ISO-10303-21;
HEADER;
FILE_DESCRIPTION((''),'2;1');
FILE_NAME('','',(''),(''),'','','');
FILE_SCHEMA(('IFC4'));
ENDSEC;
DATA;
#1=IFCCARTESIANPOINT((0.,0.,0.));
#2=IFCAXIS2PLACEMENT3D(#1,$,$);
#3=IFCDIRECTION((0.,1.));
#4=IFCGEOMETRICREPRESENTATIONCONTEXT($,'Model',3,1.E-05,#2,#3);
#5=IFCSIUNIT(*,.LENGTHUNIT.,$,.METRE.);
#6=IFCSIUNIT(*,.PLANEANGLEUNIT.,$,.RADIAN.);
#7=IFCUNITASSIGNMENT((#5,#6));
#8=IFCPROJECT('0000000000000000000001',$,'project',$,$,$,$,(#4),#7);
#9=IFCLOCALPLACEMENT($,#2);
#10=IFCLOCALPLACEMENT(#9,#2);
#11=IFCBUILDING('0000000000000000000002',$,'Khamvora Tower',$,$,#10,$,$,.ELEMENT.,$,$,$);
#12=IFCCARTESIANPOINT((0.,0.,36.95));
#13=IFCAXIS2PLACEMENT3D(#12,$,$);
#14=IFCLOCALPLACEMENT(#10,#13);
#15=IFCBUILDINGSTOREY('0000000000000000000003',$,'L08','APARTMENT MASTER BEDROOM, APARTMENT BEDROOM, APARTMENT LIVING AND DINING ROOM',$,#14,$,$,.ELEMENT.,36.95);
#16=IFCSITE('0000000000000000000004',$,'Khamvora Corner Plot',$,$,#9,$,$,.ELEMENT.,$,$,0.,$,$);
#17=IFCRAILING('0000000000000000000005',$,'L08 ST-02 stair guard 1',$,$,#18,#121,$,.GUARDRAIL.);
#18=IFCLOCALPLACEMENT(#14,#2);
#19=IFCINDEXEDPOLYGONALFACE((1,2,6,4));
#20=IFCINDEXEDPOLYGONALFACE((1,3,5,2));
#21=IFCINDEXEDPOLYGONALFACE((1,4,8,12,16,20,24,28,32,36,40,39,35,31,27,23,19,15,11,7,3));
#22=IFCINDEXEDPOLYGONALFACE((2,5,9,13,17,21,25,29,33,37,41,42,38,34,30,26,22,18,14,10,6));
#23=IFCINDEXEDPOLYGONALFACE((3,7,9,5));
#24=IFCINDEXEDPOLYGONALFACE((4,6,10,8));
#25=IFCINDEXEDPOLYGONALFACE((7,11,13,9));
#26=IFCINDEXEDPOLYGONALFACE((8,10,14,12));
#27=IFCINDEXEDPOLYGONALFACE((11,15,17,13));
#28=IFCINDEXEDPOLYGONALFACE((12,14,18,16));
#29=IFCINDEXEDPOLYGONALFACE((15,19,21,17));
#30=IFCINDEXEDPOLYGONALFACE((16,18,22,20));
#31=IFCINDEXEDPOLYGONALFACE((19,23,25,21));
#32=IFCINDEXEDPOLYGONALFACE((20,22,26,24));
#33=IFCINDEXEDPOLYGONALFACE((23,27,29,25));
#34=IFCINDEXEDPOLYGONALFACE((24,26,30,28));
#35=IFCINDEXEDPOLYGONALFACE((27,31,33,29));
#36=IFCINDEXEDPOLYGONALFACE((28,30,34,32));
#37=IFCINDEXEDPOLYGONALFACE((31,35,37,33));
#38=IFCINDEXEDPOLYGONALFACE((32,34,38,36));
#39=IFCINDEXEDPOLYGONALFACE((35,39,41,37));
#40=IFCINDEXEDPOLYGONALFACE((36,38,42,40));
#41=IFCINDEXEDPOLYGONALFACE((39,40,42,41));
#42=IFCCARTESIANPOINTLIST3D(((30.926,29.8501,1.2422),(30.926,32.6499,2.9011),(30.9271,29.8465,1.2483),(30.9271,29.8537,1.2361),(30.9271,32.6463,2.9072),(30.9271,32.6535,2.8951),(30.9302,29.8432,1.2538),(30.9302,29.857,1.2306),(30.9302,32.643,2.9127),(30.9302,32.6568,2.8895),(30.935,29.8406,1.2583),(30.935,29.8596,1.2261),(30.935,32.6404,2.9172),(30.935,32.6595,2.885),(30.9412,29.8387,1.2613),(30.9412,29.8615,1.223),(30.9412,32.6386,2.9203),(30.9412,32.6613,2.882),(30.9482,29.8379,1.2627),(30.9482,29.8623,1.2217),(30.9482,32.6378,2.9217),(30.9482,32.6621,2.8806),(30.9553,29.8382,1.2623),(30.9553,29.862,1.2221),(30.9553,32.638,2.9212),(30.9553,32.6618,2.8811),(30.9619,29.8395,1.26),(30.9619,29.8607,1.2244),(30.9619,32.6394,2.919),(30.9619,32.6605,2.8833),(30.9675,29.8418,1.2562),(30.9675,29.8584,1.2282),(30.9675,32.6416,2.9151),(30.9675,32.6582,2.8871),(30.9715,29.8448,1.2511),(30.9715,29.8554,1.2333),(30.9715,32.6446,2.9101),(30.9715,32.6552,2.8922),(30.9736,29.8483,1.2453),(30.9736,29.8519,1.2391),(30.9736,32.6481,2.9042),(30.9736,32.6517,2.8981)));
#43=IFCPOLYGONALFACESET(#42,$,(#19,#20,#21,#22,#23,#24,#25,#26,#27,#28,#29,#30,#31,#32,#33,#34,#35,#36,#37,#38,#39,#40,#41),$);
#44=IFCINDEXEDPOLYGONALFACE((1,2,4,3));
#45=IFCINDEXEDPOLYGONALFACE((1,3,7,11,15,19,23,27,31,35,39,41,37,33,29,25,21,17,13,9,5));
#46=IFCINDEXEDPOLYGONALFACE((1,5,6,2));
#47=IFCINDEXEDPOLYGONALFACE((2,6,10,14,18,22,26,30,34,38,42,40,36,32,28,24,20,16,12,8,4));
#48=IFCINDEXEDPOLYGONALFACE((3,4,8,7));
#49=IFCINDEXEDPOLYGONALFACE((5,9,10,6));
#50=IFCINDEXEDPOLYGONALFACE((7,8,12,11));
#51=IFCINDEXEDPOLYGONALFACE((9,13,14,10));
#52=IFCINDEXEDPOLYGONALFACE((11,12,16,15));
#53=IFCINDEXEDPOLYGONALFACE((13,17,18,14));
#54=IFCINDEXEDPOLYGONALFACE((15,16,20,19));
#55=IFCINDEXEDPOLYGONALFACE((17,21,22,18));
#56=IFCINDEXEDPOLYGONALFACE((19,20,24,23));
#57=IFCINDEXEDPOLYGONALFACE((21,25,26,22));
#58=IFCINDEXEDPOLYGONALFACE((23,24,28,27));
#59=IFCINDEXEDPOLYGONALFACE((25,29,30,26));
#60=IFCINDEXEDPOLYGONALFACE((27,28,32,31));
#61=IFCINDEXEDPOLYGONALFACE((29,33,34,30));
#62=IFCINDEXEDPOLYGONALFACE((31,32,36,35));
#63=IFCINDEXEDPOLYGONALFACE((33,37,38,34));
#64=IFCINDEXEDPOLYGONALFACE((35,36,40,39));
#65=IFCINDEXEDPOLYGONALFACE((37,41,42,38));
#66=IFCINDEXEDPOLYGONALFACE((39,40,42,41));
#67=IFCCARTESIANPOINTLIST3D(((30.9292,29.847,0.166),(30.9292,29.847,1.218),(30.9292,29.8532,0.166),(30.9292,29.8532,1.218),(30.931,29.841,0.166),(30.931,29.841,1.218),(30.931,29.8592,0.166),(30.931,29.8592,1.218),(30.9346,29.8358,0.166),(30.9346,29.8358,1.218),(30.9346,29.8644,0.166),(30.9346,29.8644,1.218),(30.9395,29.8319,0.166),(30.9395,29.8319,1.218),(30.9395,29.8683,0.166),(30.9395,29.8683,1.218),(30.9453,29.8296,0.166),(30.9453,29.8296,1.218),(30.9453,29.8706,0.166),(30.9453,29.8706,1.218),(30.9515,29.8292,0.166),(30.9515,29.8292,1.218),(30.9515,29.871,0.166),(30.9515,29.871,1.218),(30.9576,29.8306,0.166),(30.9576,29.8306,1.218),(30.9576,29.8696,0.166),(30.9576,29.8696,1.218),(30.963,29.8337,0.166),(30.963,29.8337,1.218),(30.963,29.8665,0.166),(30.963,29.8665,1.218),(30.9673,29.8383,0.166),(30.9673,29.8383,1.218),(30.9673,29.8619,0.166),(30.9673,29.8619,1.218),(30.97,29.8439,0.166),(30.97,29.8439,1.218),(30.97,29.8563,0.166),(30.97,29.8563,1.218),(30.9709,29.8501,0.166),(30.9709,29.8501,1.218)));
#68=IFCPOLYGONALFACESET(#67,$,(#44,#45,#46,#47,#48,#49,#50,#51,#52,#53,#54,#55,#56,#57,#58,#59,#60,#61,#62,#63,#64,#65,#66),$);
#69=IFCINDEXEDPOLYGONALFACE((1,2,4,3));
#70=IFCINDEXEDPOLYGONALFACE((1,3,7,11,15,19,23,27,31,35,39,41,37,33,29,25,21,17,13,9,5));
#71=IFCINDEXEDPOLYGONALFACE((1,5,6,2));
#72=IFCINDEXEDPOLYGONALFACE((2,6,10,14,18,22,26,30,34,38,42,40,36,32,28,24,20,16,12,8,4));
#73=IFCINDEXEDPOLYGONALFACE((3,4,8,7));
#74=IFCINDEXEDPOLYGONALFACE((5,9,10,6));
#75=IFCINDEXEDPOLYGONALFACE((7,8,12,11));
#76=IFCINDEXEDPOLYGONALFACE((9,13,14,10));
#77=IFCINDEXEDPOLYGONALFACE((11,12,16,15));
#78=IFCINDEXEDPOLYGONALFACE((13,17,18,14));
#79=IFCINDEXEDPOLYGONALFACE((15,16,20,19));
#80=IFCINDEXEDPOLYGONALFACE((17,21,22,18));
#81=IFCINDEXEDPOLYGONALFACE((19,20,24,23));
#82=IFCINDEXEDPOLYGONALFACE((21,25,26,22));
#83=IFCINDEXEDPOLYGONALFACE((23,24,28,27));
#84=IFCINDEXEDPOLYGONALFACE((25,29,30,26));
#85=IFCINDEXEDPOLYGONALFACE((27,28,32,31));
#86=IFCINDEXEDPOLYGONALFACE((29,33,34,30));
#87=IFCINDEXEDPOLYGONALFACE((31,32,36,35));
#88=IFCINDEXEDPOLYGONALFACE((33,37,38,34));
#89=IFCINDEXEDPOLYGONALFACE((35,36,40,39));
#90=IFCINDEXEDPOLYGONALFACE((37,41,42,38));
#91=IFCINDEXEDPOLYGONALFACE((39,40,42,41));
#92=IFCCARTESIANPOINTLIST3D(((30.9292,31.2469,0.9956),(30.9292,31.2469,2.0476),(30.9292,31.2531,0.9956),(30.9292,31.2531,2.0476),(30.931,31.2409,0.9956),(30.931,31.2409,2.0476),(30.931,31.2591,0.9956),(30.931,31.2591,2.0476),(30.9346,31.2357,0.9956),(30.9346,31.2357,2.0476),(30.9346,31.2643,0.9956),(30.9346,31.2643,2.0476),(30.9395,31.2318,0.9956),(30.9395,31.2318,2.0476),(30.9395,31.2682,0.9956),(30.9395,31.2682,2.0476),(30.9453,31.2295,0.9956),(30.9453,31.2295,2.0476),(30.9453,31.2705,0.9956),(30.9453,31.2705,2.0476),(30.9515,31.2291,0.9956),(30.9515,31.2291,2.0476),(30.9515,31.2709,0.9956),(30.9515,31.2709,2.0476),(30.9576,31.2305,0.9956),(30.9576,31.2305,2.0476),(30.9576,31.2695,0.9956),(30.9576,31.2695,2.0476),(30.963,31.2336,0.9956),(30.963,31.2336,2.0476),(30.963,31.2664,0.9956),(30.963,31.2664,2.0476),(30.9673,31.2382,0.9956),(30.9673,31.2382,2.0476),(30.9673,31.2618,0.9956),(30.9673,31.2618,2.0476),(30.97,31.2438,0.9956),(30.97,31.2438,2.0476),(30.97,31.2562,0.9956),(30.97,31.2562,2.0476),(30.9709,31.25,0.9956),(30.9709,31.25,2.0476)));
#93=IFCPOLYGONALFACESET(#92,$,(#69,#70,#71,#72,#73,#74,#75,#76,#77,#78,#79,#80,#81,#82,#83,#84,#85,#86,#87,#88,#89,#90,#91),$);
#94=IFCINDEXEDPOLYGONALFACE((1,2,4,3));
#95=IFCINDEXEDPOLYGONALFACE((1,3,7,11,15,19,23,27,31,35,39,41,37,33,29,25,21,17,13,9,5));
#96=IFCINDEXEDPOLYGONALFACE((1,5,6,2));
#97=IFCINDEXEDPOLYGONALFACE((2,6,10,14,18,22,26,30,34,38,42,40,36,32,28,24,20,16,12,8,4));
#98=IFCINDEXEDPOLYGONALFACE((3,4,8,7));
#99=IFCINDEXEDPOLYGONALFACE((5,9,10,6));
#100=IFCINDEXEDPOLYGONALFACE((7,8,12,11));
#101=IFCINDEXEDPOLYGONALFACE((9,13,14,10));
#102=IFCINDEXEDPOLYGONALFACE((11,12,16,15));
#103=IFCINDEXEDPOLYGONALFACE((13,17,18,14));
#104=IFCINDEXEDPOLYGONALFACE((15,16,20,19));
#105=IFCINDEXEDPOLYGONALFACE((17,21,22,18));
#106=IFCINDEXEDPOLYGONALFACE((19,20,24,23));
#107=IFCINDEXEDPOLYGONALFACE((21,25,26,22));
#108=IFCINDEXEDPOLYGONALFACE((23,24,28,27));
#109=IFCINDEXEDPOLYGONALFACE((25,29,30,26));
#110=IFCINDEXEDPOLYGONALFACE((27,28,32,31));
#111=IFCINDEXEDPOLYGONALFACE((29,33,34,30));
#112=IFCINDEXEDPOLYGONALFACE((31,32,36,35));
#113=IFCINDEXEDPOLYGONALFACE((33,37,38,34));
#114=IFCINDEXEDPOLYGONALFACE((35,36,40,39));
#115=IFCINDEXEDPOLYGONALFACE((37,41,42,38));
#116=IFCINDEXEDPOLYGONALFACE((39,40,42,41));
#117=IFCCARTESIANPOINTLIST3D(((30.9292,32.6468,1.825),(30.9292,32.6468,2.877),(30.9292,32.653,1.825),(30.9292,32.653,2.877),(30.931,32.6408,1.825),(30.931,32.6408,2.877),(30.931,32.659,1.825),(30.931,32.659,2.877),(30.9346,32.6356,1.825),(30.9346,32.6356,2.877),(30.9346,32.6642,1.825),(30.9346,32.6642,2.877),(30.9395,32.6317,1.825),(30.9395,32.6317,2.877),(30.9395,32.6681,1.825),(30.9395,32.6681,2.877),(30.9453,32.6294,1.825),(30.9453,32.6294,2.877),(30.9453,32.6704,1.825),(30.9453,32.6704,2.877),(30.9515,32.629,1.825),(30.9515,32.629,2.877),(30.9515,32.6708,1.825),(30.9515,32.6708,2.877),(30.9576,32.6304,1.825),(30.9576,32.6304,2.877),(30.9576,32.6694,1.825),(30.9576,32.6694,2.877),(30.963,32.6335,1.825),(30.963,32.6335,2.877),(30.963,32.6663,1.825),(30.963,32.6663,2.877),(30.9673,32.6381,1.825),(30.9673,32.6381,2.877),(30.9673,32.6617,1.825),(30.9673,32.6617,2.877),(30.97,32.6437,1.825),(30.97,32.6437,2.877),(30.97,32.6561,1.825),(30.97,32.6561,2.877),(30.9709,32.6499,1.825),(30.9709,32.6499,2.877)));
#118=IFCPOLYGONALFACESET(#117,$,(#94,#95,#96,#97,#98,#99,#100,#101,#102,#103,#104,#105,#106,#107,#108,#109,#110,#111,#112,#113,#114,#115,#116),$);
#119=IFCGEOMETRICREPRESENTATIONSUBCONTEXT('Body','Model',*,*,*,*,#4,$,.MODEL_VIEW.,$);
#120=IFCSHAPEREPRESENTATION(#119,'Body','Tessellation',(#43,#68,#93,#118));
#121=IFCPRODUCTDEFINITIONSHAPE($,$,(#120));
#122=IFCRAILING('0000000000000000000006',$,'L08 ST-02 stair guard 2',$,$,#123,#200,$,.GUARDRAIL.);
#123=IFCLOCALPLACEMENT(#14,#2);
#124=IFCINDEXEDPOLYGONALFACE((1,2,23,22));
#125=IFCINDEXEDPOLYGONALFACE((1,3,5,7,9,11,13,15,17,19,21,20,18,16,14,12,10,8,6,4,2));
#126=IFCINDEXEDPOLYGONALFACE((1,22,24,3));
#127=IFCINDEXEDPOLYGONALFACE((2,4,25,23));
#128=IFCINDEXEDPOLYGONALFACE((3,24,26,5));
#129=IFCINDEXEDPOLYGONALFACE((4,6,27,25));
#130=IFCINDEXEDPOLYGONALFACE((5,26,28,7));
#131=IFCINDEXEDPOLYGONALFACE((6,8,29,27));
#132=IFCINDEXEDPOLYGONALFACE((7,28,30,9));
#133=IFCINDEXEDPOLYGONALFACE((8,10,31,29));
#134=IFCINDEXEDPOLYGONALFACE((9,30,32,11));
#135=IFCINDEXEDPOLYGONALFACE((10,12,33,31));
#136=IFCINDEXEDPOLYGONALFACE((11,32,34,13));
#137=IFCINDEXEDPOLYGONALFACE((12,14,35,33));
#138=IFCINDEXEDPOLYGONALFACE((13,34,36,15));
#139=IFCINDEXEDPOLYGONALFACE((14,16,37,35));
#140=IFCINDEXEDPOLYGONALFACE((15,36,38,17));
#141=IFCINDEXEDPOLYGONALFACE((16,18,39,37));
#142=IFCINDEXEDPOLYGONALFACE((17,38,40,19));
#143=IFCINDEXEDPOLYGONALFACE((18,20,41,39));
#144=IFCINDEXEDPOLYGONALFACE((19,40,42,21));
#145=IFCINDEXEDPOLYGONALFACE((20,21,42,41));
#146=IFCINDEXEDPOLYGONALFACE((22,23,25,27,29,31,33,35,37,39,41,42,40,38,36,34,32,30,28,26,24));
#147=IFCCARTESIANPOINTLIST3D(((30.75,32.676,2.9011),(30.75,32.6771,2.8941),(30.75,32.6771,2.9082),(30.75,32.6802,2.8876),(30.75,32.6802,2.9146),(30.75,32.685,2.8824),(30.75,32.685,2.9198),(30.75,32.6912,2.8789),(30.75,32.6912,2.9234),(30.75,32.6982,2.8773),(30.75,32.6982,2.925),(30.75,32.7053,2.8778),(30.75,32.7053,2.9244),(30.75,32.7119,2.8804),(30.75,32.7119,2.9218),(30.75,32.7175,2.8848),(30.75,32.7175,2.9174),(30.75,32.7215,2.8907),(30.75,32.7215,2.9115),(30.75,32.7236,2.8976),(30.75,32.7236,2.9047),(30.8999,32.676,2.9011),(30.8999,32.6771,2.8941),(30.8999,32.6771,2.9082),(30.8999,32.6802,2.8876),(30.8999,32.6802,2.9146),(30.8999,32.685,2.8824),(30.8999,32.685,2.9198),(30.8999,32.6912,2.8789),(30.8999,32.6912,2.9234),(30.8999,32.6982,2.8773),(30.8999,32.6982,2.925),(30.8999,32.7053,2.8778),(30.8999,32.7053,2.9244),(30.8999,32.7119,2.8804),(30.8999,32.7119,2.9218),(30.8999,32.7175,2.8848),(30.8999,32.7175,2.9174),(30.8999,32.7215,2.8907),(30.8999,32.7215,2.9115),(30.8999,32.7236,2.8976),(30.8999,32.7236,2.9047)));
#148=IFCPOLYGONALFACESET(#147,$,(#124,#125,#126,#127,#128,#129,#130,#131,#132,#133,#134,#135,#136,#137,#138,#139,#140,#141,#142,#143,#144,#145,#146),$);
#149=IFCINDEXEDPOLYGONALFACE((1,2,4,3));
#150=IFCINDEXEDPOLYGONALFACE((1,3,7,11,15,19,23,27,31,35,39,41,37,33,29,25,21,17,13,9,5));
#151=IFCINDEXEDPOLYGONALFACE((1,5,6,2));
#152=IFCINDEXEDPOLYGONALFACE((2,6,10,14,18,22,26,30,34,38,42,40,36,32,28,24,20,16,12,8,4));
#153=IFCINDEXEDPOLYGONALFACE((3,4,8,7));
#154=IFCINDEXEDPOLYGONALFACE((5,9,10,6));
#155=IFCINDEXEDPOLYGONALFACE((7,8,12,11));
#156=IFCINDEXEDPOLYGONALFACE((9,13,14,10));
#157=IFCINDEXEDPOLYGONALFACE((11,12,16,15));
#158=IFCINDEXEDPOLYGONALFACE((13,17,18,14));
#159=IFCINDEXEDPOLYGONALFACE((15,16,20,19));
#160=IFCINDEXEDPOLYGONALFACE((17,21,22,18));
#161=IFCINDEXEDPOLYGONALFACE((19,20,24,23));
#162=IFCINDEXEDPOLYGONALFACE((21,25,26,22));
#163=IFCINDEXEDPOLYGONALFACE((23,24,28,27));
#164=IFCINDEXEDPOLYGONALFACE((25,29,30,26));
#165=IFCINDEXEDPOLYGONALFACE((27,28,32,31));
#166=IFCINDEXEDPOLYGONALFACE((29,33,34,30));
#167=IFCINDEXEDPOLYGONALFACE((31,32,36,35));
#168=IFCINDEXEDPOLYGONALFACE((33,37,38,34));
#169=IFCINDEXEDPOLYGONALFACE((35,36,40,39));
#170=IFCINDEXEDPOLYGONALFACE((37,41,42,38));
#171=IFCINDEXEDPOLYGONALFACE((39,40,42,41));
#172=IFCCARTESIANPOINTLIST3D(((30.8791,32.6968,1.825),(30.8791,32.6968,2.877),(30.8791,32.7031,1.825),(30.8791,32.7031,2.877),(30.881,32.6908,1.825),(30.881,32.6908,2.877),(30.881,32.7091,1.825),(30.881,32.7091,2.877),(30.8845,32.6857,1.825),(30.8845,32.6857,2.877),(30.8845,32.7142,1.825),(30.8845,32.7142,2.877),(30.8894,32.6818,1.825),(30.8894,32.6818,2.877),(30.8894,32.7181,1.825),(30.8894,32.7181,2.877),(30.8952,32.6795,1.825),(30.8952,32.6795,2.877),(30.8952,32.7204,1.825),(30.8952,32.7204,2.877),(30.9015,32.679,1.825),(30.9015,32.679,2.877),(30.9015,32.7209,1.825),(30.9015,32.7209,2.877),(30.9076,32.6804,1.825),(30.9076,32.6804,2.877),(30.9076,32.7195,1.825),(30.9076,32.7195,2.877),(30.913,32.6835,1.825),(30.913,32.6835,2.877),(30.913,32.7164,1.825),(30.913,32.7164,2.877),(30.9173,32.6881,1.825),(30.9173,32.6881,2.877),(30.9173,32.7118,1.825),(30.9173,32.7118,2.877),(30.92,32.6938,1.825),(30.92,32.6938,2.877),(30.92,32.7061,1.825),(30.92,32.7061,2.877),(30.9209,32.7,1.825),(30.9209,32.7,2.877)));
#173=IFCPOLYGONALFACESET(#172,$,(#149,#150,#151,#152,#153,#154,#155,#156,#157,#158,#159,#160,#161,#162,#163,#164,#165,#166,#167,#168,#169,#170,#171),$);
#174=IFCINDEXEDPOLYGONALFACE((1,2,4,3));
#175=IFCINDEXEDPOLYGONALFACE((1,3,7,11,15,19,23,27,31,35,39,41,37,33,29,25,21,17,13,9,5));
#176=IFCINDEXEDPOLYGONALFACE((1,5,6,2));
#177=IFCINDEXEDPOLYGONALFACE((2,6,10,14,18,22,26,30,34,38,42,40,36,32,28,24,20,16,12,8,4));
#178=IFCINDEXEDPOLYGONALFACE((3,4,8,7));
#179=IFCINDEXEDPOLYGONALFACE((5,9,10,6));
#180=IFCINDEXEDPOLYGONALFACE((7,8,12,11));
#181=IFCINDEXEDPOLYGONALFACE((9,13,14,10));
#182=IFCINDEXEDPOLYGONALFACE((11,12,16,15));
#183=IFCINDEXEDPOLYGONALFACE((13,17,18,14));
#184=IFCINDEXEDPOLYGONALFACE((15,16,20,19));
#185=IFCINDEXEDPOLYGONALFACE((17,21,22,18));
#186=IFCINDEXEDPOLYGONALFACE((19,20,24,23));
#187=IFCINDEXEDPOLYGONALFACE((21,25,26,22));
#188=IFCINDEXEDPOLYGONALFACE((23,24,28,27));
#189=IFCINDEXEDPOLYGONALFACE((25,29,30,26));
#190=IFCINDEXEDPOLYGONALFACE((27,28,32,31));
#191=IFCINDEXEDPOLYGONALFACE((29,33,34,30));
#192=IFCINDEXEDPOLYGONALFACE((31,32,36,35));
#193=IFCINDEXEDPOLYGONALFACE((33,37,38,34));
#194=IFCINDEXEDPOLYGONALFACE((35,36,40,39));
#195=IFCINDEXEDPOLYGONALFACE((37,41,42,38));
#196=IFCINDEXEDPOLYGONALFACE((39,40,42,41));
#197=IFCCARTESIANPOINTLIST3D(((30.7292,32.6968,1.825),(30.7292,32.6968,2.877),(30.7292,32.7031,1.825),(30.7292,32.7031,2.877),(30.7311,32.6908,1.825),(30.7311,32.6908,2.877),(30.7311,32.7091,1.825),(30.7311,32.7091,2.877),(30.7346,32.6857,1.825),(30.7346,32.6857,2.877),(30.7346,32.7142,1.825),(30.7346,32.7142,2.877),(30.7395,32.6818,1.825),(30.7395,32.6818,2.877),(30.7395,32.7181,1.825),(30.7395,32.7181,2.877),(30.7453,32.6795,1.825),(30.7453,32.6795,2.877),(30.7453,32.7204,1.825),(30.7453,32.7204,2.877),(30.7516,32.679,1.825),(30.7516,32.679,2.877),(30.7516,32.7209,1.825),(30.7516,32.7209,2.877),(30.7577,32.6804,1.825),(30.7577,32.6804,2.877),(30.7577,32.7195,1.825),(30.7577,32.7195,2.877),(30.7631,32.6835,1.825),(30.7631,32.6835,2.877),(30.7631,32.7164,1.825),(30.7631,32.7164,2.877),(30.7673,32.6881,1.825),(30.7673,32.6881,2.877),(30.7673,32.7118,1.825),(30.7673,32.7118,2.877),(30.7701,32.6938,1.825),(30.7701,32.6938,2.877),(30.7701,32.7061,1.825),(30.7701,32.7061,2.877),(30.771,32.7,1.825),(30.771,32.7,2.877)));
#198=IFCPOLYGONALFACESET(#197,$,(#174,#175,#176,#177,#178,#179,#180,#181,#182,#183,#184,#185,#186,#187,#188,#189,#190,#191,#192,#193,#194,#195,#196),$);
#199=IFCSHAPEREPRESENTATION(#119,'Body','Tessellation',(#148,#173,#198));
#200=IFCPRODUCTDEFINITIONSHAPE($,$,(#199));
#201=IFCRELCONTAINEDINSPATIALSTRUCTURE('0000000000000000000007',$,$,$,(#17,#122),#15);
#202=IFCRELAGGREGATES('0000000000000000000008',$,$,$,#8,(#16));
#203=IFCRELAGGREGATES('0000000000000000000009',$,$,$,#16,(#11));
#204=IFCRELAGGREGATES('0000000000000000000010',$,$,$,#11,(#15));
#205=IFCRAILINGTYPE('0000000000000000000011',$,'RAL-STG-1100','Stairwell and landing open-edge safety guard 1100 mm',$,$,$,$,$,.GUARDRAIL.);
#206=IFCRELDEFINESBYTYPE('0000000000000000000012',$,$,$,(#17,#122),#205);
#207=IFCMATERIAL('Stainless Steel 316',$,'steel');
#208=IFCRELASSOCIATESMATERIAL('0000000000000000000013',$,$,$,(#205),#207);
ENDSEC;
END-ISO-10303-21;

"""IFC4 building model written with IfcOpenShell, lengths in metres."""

from ifc_helpers import new_model, si_unit, direction, frame, origin, origin_2d, place, context, subcontext, project, spatial, circle, extrude, material, type_object, element, save


model = new_model("IFC4")

# Units and contexts
model_context = context("Model", 3, precision=1e-05, world=origin(), true_north=direction((0.0, 1.0)))
body_context = subcontext(model_context, "Body", "Model", "MODEL_VIEW")
ifc_project = project(units=[si_unit("LENGTHUNIT", "METRE"), si_unit("PLANEANGLEUNIT", "RADIAN")], contexts=[model_context])

# Site, building, storey
site_placement = place(None, origin())
site = spatial("IfcSite", under=ifc_project, at=site_placement, Name="Khamvora Corner Plot", CompositionType="ELEMENT", RefElevation=0.0)
building_placement = place(site_placement, origin())
building = spatial("IfcBuilding", under=site, at=building_placement, Name="Khamvora Tower", CompositionType="ELEMENT")
storey_placement = place(building_placement, frame((0.0, 0.0, 36.95)))
storey = spatial("IfcBuildingStorey", under=building, at=storey_placement, Name="L08", Description="APARTMENT MASTER BEDROOM, APARTMENT BEDROOM, APARTMENT LIVING AND DINING ROOM", CompositionType="ELEMENT", Elevation=36.95)

# Railings
ifc_material_1 = material(Name="Stainless Steel 316", Category="steel")
railing_type_1 = type_object("IfcRailingType", Name="RAL-STG-1100", Description="Stairwell and landing open-edge safety guard 1100 mm", PredefinedType="GUARDRAIL", material=ifc_material_1)
railing_1_placement = place(storey_placement, frame((30.95, 29.8501, 0.166)))
element("IfcRailing", 1, at=railing_1_placement, inside=storey, type_object=railing_type_1, Name="L08 ST-02 stair guard 1", PredefinedType="GUARDRAIL", context=body_context, shape_type="SweptSolid", body=[
    extrude(circle(Radius=0.0239, at=origin_2d()), frame((0.0, 0.0, 1.0762), z_axis=(0.0, 0.86032, 0.509755), x_axis=(-1.0, 0.0, 0.0)), (0.0, 0.0, 1.0), 3.2544),
    extrude(circle(Radius=0.021, at=origin_2d()), origin(), (0.0, 0.0, 1.0), 1.052),
    extrude(circle(Radius=0.021, at=origin_2d()), frame((0.0, 1.3999, 0.8296)), (0.0, 0.0, 1.0), 1.052),
    extrude(circle(Radius=0.021, at=origin_2d()), frame((0.0, 2.7998, 1.6589)), (0.0, 0.0, 1.0), 1.052),
])
railing_2_placement = place(storey_placement, frame((30.8999, 32.7, 1.825)))
element("IfcRailing", 2, at=railing_2_placement, inside=storey, type_object=railing_type_1, Name="L08 ST-02 stair guard 2", PredefinedType="GUARDRAIL", context=body_context, shape_type="SweptSolid", body=[
    extrude(circle(Radius=0.0239, at=origin_2d()), frame((0.0, 0.0, 1.0762), z_axis=(-1.0, 0.0, 0.0), x_axis=(0.0, -1.0, 0.0)), (0.0, 0.0, 1.0), 0.1499),
    extrude(circle(Radius=0.021, at=origin_2d()), origin(), (0.0, 0.0, 1.0), 1.052),
    extrude(circle(Radius=0.021, at=origin_2d()), frame((-0.1499, 0.0, 0.0)), (0.0, 0.0, 1.0), 1.052),
])

save(model, "model.ifc")
